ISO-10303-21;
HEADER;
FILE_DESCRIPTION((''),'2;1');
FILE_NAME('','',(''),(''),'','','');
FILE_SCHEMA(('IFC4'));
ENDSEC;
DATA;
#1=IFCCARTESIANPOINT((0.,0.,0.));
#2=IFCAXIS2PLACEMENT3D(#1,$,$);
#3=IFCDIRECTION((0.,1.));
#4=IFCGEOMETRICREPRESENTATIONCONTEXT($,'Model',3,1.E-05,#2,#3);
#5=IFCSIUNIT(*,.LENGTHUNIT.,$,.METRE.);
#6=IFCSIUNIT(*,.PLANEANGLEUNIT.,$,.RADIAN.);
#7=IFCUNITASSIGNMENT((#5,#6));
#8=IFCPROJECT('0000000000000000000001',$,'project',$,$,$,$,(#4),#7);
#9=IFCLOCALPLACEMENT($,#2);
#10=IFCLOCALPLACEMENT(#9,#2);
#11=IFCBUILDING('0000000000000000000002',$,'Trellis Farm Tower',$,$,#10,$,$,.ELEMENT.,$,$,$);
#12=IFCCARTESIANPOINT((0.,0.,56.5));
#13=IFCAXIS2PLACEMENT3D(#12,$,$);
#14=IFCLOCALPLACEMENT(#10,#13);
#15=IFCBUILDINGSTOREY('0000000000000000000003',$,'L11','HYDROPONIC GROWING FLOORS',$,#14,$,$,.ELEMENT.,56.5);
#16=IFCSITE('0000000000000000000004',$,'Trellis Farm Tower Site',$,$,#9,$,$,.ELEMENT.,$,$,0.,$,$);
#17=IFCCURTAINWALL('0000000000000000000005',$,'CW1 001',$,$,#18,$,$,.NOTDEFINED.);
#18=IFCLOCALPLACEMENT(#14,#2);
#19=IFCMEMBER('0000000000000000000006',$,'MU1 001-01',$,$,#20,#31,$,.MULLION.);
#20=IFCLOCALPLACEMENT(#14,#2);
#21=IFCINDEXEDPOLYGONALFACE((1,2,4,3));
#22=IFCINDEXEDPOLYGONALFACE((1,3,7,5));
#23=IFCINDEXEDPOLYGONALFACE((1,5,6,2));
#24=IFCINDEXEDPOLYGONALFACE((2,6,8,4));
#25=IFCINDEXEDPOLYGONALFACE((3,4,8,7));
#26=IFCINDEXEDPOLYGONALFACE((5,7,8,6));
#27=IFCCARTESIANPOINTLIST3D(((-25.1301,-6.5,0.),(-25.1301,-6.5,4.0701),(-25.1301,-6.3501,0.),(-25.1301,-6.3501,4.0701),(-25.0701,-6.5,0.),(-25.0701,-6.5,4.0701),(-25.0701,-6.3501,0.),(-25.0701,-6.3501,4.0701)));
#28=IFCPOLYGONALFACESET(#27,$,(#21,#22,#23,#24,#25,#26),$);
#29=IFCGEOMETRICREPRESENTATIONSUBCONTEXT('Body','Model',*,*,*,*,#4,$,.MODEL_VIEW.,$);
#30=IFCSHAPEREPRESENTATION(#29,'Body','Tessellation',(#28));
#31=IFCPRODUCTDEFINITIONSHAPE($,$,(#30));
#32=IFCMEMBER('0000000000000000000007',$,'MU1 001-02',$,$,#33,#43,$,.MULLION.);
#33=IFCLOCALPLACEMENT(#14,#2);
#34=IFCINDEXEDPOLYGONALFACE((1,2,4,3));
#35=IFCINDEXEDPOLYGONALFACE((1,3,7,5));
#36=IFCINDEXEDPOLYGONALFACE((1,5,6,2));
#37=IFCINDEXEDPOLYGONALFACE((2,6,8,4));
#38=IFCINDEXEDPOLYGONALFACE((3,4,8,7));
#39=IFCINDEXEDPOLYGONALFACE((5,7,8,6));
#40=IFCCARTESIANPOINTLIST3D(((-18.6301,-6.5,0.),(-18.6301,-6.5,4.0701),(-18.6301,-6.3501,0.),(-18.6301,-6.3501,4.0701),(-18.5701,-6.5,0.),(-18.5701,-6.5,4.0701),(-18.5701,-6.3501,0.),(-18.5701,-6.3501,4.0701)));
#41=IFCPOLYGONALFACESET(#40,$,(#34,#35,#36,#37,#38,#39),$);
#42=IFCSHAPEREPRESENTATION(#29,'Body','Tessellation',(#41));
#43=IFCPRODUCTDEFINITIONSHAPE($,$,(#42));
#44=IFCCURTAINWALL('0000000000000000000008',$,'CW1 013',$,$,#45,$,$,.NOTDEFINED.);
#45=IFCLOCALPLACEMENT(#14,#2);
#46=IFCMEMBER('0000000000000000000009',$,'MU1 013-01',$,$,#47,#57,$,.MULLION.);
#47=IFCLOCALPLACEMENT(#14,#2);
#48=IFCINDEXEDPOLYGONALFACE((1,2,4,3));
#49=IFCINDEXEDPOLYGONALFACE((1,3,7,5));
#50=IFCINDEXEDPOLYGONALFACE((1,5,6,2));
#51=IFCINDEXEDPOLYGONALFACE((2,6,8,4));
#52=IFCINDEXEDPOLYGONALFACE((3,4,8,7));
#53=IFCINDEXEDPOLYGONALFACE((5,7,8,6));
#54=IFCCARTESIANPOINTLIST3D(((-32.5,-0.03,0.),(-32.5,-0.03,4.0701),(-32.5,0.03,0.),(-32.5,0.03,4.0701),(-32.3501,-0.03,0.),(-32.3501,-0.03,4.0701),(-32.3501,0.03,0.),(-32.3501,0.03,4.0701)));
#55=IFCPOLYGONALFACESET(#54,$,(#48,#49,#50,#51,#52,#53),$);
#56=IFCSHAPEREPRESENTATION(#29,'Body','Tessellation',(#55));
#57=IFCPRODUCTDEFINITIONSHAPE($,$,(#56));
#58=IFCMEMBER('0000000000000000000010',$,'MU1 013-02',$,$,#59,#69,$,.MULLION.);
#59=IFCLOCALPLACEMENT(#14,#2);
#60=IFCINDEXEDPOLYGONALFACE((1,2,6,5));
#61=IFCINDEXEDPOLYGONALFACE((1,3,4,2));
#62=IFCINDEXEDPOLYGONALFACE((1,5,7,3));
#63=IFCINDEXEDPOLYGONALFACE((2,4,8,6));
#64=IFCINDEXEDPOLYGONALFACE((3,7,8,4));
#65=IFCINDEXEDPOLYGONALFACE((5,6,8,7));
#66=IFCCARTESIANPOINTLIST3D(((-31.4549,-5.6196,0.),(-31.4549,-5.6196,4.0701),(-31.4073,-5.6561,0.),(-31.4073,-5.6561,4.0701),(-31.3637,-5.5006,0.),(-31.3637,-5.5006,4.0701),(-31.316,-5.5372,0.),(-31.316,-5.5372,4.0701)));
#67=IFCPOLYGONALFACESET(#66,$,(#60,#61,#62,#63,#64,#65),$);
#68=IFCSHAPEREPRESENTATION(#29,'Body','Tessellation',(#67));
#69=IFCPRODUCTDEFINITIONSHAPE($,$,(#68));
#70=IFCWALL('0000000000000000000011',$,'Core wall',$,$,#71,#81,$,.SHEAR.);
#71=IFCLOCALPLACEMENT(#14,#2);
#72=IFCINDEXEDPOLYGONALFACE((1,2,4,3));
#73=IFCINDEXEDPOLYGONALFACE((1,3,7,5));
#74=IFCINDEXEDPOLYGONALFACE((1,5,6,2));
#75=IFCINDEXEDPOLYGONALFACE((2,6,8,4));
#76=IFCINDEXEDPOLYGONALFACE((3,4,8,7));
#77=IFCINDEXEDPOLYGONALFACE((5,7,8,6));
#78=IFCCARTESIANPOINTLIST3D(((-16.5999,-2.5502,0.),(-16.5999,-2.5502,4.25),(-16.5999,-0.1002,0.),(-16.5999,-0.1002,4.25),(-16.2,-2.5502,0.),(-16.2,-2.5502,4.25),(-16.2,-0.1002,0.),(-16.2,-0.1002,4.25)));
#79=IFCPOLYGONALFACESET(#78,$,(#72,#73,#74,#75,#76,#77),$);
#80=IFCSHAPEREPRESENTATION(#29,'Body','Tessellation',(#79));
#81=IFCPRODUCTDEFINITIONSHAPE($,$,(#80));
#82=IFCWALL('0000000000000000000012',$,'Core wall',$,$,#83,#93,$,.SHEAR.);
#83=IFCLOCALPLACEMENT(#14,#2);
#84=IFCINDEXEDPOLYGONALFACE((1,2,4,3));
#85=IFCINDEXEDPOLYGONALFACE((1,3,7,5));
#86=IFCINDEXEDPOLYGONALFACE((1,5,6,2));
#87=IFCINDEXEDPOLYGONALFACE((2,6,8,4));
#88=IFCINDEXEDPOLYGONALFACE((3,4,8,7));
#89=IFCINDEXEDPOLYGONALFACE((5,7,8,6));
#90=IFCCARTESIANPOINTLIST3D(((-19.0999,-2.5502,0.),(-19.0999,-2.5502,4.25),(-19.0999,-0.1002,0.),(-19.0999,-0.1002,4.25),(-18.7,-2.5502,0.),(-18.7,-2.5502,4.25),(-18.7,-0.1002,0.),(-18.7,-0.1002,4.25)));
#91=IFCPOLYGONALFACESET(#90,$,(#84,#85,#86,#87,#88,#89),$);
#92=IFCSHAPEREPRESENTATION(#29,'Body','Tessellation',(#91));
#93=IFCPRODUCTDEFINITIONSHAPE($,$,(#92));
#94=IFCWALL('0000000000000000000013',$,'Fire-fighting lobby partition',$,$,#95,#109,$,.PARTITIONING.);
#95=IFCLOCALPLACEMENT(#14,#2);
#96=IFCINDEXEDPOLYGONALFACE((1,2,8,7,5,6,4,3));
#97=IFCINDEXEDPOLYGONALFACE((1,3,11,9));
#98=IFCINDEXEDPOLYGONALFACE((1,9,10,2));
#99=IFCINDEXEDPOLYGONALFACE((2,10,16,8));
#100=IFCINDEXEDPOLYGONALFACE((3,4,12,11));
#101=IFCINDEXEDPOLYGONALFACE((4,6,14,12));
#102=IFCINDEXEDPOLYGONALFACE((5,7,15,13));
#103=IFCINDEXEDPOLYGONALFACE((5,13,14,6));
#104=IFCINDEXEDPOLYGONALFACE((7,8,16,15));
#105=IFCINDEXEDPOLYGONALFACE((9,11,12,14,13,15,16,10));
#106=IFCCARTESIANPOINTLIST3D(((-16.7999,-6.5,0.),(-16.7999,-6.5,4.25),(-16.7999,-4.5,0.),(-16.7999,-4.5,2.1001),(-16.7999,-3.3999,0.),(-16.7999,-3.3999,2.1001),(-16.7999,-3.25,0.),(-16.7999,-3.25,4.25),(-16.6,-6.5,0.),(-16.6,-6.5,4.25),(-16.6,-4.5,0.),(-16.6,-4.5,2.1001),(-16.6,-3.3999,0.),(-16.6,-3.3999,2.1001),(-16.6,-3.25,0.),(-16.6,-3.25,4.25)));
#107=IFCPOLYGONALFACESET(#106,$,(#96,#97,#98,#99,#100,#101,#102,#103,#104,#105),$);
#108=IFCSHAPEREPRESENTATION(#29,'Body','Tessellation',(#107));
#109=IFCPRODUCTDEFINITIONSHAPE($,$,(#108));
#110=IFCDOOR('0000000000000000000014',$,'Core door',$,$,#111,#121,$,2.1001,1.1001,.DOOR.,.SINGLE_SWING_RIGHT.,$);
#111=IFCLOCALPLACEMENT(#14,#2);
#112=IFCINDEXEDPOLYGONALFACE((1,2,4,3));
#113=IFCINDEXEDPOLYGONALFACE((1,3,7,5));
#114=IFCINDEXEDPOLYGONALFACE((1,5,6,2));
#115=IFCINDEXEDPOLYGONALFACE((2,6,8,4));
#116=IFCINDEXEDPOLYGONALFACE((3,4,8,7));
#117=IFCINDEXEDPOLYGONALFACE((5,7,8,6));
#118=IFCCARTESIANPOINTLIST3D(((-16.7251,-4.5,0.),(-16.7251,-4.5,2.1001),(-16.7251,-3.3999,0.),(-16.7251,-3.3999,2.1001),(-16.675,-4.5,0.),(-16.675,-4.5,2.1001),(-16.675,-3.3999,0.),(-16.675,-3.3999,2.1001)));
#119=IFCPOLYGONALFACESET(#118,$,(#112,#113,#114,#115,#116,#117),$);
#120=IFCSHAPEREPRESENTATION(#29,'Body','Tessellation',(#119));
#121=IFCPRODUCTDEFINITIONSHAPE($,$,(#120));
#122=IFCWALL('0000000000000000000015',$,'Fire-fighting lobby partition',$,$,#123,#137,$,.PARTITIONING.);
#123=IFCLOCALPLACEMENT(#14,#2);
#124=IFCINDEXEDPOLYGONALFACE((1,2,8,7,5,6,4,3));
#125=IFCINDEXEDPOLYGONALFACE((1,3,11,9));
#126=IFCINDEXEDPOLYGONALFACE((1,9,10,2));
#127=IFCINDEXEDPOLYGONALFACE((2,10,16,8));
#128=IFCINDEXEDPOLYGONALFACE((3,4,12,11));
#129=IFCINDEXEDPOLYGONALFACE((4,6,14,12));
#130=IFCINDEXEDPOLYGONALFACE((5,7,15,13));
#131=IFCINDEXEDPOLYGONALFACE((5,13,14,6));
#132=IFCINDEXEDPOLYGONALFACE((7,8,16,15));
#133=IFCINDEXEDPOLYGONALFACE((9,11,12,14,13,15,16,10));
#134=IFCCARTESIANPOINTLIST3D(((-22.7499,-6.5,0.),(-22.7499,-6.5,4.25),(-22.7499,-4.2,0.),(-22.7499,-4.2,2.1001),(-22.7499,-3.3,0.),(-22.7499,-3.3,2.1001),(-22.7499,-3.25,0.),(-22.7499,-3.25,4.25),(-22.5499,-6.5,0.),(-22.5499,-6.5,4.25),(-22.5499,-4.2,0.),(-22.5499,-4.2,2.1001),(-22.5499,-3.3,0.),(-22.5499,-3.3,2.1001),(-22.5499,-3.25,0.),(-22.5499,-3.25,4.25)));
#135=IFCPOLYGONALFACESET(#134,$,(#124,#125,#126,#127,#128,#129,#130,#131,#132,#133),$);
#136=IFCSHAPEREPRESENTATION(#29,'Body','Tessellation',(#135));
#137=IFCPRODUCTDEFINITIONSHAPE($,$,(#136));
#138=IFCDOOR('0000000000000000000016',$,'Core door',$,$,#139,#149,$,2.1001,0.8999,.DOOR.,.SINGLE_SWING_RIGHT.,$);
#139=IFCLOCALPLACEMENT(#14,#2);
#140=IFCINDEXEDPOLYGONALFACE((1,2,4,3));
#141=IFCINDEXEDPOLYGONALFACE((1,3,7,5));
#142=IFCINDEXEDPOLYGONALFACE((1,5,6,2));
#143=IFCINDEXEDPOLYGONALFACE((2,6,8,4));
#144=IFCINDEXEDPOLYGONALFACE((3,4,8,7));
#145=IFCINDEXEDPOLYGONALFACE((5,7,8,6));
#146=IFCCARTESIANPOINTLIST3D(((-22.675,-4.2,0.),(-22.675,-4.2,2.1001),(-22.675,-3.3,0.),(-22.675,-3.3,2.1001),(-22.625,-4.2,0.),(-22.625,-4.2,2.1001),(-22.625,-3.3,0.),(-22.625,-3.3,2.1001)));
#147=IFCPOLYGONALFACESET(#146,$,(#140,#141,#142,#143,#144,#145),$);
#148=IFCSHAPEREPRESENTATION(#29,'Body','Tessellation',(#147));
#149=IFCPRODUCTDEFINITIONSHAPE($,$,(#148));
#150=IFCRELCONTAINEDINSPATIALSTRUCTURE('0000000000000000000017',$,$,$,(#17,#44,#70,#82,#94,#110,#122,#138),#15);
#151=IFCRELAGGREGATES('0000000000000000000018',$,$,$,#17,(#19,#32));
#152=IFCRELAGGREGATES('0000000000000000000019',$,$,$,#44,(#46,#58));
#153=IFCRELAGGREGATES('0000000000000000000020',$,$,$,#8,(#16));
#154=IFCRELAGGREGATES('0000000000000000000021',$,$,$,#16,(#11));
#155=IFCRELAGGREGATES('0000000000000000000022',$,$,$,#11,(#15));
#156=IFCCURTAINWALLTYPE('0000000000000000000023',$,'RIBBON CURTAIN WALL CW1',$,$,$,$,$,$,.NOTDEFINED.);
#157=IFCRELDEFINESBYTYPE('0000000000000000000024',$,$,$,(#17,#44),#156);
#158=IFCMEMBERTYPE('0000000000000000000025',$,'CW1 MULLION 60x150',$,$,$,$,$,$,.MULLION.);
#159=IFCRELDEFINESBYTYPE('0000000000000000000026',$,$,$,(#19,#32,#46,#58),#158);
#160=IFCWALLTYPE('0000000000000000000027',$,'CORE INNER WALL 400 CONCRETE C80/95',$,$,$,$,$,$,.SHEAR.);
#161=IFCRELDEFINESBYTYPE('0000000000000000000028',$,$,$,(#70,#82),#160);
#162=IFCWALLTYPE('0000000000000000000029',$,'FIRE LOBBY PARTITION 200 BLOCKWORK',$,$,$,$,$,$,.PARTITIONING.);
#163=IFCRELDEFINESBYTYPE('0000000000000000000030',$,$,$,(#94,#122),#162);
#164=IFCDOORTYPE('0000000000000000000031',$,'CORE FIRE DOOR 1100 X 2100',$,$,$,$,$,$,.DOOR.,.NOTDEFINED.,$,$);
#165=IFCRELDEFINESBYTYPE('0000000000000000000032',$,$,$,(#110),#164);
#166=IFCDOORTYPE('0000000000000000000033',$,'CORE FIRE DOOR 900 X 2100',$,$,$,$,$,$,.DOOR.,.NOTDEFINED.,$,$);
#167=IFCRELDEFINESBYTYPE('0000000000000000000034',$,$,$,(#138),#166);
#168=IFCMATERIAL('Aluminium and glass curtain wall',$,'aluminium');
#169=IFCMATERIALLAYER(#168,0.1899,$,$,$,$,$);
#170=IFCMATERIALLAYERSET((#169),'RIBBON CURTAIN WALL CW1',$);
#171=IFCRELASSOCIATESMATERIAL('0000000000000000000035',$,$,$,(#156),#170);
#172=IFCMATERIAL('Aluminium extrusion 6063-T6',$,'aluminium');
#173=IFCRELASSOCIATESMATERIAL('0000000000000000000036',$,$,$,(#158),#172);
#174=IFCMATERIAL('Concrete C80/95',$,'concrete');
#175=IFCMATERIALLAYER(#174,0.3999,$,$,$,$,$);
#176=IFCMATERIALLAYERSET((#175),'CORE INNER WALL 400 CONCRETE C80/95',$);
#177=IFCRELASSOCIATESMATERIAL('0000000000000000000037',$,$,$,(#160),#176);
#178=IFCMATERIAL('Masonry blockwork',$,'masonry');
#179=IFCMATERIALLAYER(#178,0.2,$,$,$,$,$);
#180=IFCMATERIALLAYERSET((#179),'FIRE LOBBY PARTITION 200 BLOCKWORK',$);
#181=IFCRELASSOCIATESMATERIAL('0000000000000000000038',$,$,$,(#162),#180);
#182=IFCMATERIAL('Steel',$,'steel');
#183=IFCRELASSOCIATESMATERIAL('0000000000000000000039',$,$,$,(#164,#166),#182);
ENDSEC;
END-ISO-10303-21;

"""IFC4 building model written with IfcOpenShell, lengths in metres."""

from ifc_helpers import new_model, si_unit, direction, frame, frame_2d, origin, origin_2d, place, context, subcontext, project, spatial, rectangle, extrude, source, transform, mapped, material, layer, layer_set, material_profile, profile_set, type_object, element, fill, aggregate, save


model = new_model("IFC4")

# Units and contexts
model_context = context("Model", 3, precision=1e-05, world=origin(), true_north=direction((0.0, 1.0)))
body_context = subcontext(model_context, "Body", "Model", "MODEL_VIEW")
ifc_project = project(units=[si_unit("LENGTHUNIT", "METRE"), si_unit("PLANEANGLEUNIT", "RADIAN")], contexts=[model_context])

# Site, building, storey
site_placement = place(None, origin())
site = spatial("IfcSite", under=ifc_project, at=site_placement, Name="Trellis Farm Tower Site", CompositionType="ELEMENT", RefElevation=0.0)
building_placement = place(site_placement, origin())
building = spatial("IfcBuilding", under=site, at=building_placement, Name="Trellis Farm Tower", CompositionType="ELEMENT")
storey_placement = place(building_placement, frame((0.0, 0.0, 56.5)))
storey = spatial("IfcBuildingStorey", under=building, at=storey_placement, Name="L11", Description="HYDROPONIC GROWING FLOORS", CompositionType="ELEMENT", Elevation=56.5)

# Shared definitions
ifc_material_1 = material(Name="Concrete C80/95", Category="concrete")

# Curtain walls, members
ifc_material_2 = material(Name="Aluminium and glass curtain wall", Category="aluminium")
ifc_layer_1 = layer(ifc_material_2, 0.1899)
ifc_layer_set_1 = layer_set([ifc_layer_1], Name="RIBBON CURTAIN WALL CW1")
curtain_wall_type = type_object("IfcCurtainWallType", Name="RIBBON CURTAIN WALL CW1", PredefinedType="NOTDEFINED", material=ifc_layer_set_1)
placement = place(storey_placement, origin())
curtain_wall_1 = element("IfcCurtainWall", 1, at=placement, inside=storey, type_object=curtain_wall_type, Name="CW1 001", PredefinedType="NOTDEFINED")
ifc_material_3 = material(Name="Aluminium extrusion 6063-T6", Category="aluminium")
ifc_material_profile_1 = material_profile(ifc_material_3, rectangle(XDim=0.0601, YDim=0.1499, at=origin_2d()), Name="MULLION 60x150")
ifc_profile_set_1 = profile_set([ifc_material_profile_1], Name="Aluminium extrusion 6063-T6")
member_type = type_object("IfcMemberType", Name="CW1 MULLION 60x150", PredefinedType="MULLION", material=ifc_profile_set_1)
shared_shape_1 = source(origin(), body_context, "Body", "SweptSolid", [
    extrude(rectangle(XDim=0.0601, YDim=0.1499, at=origin_2d()), origin(), (0.0, 0.0, 1.0), 4.0701),
])
member_1_placement = place(storey_placement, frame((-25.1001, -6.425, 0.0), z_axis=(0.0, 0.0, 1.0), x_axis=(1.0, 0.0, 0.0)))
member_1 = element("IfcMember", 2, at=member_1_placement, type_object=member_type, Name="MU1 001-01", PredefinedType="MULLION", context=body_context, shape_type="MappedRepresentation", body=[
    mapped(shared_shape_1, transform((0.0, 0.0, 0.0))),
])
member_2_placement = place(storey_placement, frame((-18.6001, -6.425, 0.0), z_axis=(0.0, 0.0, 1.0), x_axis=(1.0, 0.0, 0.0)))
member_2 = element("IfcMember", 3, at=member_2_placement, type_object=member_type, Name="MU1 001-02", PredefinedType="MULLION", context=body_context, shape_type="MappedRepresentation", body=[
    mapped(shared_shape_1, transform((0.0, 0.0, 0.0))),
])
aggregate(curtain_wall_1, [member_1, member_2])
curtain_wall_2 = element("IfcCurtainWall", 4, at=placement, inside=storey, type_object=curtain_wall_type, Name="CW1 013", PredefinedType="NOTDEFINED")
member_3_placement = place(storey_placement, frame((-32.425, 0.0, 0.0), z_axis=(0.0, 0.0, 1.0), x_axis=(0.0, -1.0, 0.0)))
member_3 = element("IfcMember", 5, at=member_3_placement, type_object=member_type, Name="MU1 013-01", PredefinedType="MULLION", context=body_context, shape_type="MappedRepresentation", body=[
    mapped(shared_shape_1, transform((0.0, 0.0, 0.0))),
])
member_4_placement = place(storey_placement, frame((-31.3855, -5.5784, 0.0), z_axis=(0.0, 0.0, 1.0), x_axis=(0.793353, -0.608761, 0.0)))
member_4 = element("IfcMember", 6, at=member_4_placement, type_object=member_type, Name="MU1 013-02", PredefinedType="MULLION", context=body_context, shape_type="MappedRepresentation", body=[
    mapped(shared_shape_1, transform((0.0, 0.0, 0.0))),
])
aggregate(curtain_wall_2, [member_3, member_4])

# Walls
ifc_layer_2 = layer(ifc_material_1, 0.3999)
ifc_layer_set_2 = layer_set([ifc_layer_2], Name="CORE INNER WALL 400 CONCRETE C80/95")
wall_type_1 = type_object("IfcWallType", Name="CORE INNER WALL 400 CONCRETE C80/95", PredefinedType="SHEAR", material=ifc_layer_set_2)
shared_shape_2 = source(origin(), body_context, "Body", "SweptSolid", [
    extrude(rectangle(XDim=2.45, YDim=0.3999, at=frame_2d((1.2251, 0.0))), origin(), (0.0, 0.0, 1.0), 4.25),
])
for number, where, z_axis, x_axis, name in (
    (7, (-16.3999, -0.1001, 0.0), (0.0, 0.0, 1.0), (0.0, -1.0, 0.0), "Core wall"),
    (8, (-18.8999, -0.1001, 0.0), (0.0, 0.0, 1.0), (0.0, -1.0, 0.0), "Core wall"),
):
    element("IfcWall", number, at=place(storey_placement, frame(where, z_axis=z_axis, x_axis=x_axis)), inside=storey, type_object=wall_type_1, Name=name, PredefinedType="SHEAR", context=body_context, shape_type="MappedRepresentation", body=[
        mapped(shared_shape_2, transform((0.0, 0.0, 0.0))),
    ])

# Walls, openings, doors
ifc_material_4 = material(Name="Masonry blockwork", Category="masonry")
ifc_layer_3 = layer(ifc_material_4, 0.2)
ifc_layer_set_3 = layer_set([ifc_layer_3], Name="FIRE LOBBY PARTITION 200 BLOCKWORK")
wall_type_2 = type_object("IfcWallType", Name="FIRE LOBBY PARTITION 200 BLOCKWORK", PredefinedType="PARTITIONING", material=ifc_layer_set_3)
shared_shape_3 = source(origin(), body_context, "Body", "SweptSolid", [
    extrude(rectangle(XDim=3.25, YDim=0.2, at=frame_2d((1.625, 0.0))), origin(), (0.0, 0.0, 1.0), 4.25),
])
wall_1_placement = place(storey_placement, frame((-16.7, -3.25, 0.0), z_axis=(0.0, 0.0, 1.0), x_axis=(0.0, -1.0, 0.0)))
wall_1 = element("IfcWall", 9, at=wall_1_placement, inside=storey, type_object=wall_type_2, Name="Fire-fighting lobby partition", PredefinedType="PARTITIONING", context=body_context, shape_type="MappedRepresentation", body=[
    mapped(shared_shape_3, transform((0.0, 0.0, 0.0))),
])
shared_shape_4 = source(origin(), body_context, "Body", "SweptSolid", [
    extrude(rectangle(XDim=1.1001, YDim=2.1001, at=frame_2d((0.55, 1.05))), frame((0.0, 0.1101, 0.0), z_axis=(0.0, -1.0, 0.0), x_axis=(1.0, 0.0, 0.0)), (0.0, 0.0, 1.0), 0.2202),
])
opening_1_placement = place(wall_1_placement, frame((0.1499, 0.0, 0.0)))
opening_1 = element("IfcOpeningElement", 10, at=opening_1_placement, cuts=wall_1, PredefinedType="OPENING", context=body_context, shape_type="MappedRepresentation", body=[
    mapped(shared_shape_4, transform((0.0, 0.0, 0.0))),
])
ifc_material_5 = material(Name="Steel", Category="steel")
door_type_1 = type_object("IfcDoorType", Name="CORE FIRE DOOR 1100 X 2100", OperationType="NOTDEFINED", PredefinedType="DOOR", material=ifc_material_5)
shared_shape_5 = source(origin(), body_context, "Body", "SweptSolid", [
    extrude(rectangle(XDim=1.1001, YDim=2.1001, at=frame_2d((0.55, 1.05))), frame((0.0, 0.0249, 0.0), z_axis=(0.0, -1.0, 0.0), x_axis=(1.0, 0.0, 0.0)), (0.0, 0.0, 1.0), 0.05),
])
door_1_placement = place(opening_1_placement, origin())
door_1 = element("IfcDoor", 11, at=door_1_placement, inside=storey, type_object=door_type_1, Name="Core door", OperationType="SINGLE_SWING_RIGHT", OverallHeight=2.1001, OverallWidth=1.1001, PredefinedType="DOOR", context=body_context, shape_type="MappedRepresentation", body=[
    mapped(shared_shape_5, transform((0.0, 0.0, 0.0))),
])
fill(opening_1, door_1)
wall_2_placement = place(storey_placement, frame((-22.6499, -3.25, 0.0), z_axis=(0.0, 0.0, 1.0), x_axis=(0.0, -1.0, 0.0)))
wall_2 = element("IfcWall", 12, at=wall_2_placement, inside=storey, type_object=wall_type_2, Name="Fire-fighting lobby partition", PredefinedType="PARTITIONING", context=body_context, shape_type="MappedRepresentation", body=[
    mapped(shared_shape_3, transform((0.0, 0.0, 0.0))),
])
shared_shape_6 = source(origin(), body_context, "Body", "SweptSolid", [
    extrude(rectangle(XDim=0.8999, YDim=2.1001, at=frame_2d((0.45, 1.05))), frame((0.0, 0.1101, 0.0), z_axis=(0.0, -1.0, 0.0), x_axis=(1.0, 0.0, 0.0)), (0.0, 0.0, 1.0), 0.2202),
])
opening_2_placement = place(wall_2_placement, frame((0.05, 0.0, 0.0)))
opening_2 = element("IfcOpeningElement", 13, at=opening_2_placement, cuts=wall_2, PredefinedType="OPENING", context=body_context, shape_type="MappedRepresentation", body=[
    mapped(shared_shape_6, transform((0.0, 0.0, 0.0))),
])
door_type_2 = type_object("IfcDoorType", Name="CORE FIRE DOOR 900 X 2100", OperationType="NOTDEFINED", PredefinedType="DOOR", material=ifc_material_5)
shared_shape_7 = source(origin(), body_context, "Body", "SweptSolid", [
    extrude(rectangle(XDim=0.8999, YDim=2.1001, at=frame_2d((0.45, 1.05))), frame((0.0, 0.0249, 0.0), z_axis=(0.0, -1.0, 0.0), x_axis=(1.0, 0.0, 0.0)), (0.0, 0.0, 1.0), 0.05),
])
door_2_placement = place(opening_2_placement, origin())
door_2 = element("IfcDoor", 14, at=door_2_placement, inside=storey, type_object=door_type_2, Name="Core door", OperationType="SINGLE_SWING_RIGHT", OverallHeight=2.1001, OverallWidth=0.8999, PredefinedType="DOOR", context=body_context, shape_type="MappedRepresentation", body=[
    mapped(shared_shape_7, transform((0.0, 0.0, 0.0))),
])
fill(opening_2, door_2)

save(model, "model.ifc")
